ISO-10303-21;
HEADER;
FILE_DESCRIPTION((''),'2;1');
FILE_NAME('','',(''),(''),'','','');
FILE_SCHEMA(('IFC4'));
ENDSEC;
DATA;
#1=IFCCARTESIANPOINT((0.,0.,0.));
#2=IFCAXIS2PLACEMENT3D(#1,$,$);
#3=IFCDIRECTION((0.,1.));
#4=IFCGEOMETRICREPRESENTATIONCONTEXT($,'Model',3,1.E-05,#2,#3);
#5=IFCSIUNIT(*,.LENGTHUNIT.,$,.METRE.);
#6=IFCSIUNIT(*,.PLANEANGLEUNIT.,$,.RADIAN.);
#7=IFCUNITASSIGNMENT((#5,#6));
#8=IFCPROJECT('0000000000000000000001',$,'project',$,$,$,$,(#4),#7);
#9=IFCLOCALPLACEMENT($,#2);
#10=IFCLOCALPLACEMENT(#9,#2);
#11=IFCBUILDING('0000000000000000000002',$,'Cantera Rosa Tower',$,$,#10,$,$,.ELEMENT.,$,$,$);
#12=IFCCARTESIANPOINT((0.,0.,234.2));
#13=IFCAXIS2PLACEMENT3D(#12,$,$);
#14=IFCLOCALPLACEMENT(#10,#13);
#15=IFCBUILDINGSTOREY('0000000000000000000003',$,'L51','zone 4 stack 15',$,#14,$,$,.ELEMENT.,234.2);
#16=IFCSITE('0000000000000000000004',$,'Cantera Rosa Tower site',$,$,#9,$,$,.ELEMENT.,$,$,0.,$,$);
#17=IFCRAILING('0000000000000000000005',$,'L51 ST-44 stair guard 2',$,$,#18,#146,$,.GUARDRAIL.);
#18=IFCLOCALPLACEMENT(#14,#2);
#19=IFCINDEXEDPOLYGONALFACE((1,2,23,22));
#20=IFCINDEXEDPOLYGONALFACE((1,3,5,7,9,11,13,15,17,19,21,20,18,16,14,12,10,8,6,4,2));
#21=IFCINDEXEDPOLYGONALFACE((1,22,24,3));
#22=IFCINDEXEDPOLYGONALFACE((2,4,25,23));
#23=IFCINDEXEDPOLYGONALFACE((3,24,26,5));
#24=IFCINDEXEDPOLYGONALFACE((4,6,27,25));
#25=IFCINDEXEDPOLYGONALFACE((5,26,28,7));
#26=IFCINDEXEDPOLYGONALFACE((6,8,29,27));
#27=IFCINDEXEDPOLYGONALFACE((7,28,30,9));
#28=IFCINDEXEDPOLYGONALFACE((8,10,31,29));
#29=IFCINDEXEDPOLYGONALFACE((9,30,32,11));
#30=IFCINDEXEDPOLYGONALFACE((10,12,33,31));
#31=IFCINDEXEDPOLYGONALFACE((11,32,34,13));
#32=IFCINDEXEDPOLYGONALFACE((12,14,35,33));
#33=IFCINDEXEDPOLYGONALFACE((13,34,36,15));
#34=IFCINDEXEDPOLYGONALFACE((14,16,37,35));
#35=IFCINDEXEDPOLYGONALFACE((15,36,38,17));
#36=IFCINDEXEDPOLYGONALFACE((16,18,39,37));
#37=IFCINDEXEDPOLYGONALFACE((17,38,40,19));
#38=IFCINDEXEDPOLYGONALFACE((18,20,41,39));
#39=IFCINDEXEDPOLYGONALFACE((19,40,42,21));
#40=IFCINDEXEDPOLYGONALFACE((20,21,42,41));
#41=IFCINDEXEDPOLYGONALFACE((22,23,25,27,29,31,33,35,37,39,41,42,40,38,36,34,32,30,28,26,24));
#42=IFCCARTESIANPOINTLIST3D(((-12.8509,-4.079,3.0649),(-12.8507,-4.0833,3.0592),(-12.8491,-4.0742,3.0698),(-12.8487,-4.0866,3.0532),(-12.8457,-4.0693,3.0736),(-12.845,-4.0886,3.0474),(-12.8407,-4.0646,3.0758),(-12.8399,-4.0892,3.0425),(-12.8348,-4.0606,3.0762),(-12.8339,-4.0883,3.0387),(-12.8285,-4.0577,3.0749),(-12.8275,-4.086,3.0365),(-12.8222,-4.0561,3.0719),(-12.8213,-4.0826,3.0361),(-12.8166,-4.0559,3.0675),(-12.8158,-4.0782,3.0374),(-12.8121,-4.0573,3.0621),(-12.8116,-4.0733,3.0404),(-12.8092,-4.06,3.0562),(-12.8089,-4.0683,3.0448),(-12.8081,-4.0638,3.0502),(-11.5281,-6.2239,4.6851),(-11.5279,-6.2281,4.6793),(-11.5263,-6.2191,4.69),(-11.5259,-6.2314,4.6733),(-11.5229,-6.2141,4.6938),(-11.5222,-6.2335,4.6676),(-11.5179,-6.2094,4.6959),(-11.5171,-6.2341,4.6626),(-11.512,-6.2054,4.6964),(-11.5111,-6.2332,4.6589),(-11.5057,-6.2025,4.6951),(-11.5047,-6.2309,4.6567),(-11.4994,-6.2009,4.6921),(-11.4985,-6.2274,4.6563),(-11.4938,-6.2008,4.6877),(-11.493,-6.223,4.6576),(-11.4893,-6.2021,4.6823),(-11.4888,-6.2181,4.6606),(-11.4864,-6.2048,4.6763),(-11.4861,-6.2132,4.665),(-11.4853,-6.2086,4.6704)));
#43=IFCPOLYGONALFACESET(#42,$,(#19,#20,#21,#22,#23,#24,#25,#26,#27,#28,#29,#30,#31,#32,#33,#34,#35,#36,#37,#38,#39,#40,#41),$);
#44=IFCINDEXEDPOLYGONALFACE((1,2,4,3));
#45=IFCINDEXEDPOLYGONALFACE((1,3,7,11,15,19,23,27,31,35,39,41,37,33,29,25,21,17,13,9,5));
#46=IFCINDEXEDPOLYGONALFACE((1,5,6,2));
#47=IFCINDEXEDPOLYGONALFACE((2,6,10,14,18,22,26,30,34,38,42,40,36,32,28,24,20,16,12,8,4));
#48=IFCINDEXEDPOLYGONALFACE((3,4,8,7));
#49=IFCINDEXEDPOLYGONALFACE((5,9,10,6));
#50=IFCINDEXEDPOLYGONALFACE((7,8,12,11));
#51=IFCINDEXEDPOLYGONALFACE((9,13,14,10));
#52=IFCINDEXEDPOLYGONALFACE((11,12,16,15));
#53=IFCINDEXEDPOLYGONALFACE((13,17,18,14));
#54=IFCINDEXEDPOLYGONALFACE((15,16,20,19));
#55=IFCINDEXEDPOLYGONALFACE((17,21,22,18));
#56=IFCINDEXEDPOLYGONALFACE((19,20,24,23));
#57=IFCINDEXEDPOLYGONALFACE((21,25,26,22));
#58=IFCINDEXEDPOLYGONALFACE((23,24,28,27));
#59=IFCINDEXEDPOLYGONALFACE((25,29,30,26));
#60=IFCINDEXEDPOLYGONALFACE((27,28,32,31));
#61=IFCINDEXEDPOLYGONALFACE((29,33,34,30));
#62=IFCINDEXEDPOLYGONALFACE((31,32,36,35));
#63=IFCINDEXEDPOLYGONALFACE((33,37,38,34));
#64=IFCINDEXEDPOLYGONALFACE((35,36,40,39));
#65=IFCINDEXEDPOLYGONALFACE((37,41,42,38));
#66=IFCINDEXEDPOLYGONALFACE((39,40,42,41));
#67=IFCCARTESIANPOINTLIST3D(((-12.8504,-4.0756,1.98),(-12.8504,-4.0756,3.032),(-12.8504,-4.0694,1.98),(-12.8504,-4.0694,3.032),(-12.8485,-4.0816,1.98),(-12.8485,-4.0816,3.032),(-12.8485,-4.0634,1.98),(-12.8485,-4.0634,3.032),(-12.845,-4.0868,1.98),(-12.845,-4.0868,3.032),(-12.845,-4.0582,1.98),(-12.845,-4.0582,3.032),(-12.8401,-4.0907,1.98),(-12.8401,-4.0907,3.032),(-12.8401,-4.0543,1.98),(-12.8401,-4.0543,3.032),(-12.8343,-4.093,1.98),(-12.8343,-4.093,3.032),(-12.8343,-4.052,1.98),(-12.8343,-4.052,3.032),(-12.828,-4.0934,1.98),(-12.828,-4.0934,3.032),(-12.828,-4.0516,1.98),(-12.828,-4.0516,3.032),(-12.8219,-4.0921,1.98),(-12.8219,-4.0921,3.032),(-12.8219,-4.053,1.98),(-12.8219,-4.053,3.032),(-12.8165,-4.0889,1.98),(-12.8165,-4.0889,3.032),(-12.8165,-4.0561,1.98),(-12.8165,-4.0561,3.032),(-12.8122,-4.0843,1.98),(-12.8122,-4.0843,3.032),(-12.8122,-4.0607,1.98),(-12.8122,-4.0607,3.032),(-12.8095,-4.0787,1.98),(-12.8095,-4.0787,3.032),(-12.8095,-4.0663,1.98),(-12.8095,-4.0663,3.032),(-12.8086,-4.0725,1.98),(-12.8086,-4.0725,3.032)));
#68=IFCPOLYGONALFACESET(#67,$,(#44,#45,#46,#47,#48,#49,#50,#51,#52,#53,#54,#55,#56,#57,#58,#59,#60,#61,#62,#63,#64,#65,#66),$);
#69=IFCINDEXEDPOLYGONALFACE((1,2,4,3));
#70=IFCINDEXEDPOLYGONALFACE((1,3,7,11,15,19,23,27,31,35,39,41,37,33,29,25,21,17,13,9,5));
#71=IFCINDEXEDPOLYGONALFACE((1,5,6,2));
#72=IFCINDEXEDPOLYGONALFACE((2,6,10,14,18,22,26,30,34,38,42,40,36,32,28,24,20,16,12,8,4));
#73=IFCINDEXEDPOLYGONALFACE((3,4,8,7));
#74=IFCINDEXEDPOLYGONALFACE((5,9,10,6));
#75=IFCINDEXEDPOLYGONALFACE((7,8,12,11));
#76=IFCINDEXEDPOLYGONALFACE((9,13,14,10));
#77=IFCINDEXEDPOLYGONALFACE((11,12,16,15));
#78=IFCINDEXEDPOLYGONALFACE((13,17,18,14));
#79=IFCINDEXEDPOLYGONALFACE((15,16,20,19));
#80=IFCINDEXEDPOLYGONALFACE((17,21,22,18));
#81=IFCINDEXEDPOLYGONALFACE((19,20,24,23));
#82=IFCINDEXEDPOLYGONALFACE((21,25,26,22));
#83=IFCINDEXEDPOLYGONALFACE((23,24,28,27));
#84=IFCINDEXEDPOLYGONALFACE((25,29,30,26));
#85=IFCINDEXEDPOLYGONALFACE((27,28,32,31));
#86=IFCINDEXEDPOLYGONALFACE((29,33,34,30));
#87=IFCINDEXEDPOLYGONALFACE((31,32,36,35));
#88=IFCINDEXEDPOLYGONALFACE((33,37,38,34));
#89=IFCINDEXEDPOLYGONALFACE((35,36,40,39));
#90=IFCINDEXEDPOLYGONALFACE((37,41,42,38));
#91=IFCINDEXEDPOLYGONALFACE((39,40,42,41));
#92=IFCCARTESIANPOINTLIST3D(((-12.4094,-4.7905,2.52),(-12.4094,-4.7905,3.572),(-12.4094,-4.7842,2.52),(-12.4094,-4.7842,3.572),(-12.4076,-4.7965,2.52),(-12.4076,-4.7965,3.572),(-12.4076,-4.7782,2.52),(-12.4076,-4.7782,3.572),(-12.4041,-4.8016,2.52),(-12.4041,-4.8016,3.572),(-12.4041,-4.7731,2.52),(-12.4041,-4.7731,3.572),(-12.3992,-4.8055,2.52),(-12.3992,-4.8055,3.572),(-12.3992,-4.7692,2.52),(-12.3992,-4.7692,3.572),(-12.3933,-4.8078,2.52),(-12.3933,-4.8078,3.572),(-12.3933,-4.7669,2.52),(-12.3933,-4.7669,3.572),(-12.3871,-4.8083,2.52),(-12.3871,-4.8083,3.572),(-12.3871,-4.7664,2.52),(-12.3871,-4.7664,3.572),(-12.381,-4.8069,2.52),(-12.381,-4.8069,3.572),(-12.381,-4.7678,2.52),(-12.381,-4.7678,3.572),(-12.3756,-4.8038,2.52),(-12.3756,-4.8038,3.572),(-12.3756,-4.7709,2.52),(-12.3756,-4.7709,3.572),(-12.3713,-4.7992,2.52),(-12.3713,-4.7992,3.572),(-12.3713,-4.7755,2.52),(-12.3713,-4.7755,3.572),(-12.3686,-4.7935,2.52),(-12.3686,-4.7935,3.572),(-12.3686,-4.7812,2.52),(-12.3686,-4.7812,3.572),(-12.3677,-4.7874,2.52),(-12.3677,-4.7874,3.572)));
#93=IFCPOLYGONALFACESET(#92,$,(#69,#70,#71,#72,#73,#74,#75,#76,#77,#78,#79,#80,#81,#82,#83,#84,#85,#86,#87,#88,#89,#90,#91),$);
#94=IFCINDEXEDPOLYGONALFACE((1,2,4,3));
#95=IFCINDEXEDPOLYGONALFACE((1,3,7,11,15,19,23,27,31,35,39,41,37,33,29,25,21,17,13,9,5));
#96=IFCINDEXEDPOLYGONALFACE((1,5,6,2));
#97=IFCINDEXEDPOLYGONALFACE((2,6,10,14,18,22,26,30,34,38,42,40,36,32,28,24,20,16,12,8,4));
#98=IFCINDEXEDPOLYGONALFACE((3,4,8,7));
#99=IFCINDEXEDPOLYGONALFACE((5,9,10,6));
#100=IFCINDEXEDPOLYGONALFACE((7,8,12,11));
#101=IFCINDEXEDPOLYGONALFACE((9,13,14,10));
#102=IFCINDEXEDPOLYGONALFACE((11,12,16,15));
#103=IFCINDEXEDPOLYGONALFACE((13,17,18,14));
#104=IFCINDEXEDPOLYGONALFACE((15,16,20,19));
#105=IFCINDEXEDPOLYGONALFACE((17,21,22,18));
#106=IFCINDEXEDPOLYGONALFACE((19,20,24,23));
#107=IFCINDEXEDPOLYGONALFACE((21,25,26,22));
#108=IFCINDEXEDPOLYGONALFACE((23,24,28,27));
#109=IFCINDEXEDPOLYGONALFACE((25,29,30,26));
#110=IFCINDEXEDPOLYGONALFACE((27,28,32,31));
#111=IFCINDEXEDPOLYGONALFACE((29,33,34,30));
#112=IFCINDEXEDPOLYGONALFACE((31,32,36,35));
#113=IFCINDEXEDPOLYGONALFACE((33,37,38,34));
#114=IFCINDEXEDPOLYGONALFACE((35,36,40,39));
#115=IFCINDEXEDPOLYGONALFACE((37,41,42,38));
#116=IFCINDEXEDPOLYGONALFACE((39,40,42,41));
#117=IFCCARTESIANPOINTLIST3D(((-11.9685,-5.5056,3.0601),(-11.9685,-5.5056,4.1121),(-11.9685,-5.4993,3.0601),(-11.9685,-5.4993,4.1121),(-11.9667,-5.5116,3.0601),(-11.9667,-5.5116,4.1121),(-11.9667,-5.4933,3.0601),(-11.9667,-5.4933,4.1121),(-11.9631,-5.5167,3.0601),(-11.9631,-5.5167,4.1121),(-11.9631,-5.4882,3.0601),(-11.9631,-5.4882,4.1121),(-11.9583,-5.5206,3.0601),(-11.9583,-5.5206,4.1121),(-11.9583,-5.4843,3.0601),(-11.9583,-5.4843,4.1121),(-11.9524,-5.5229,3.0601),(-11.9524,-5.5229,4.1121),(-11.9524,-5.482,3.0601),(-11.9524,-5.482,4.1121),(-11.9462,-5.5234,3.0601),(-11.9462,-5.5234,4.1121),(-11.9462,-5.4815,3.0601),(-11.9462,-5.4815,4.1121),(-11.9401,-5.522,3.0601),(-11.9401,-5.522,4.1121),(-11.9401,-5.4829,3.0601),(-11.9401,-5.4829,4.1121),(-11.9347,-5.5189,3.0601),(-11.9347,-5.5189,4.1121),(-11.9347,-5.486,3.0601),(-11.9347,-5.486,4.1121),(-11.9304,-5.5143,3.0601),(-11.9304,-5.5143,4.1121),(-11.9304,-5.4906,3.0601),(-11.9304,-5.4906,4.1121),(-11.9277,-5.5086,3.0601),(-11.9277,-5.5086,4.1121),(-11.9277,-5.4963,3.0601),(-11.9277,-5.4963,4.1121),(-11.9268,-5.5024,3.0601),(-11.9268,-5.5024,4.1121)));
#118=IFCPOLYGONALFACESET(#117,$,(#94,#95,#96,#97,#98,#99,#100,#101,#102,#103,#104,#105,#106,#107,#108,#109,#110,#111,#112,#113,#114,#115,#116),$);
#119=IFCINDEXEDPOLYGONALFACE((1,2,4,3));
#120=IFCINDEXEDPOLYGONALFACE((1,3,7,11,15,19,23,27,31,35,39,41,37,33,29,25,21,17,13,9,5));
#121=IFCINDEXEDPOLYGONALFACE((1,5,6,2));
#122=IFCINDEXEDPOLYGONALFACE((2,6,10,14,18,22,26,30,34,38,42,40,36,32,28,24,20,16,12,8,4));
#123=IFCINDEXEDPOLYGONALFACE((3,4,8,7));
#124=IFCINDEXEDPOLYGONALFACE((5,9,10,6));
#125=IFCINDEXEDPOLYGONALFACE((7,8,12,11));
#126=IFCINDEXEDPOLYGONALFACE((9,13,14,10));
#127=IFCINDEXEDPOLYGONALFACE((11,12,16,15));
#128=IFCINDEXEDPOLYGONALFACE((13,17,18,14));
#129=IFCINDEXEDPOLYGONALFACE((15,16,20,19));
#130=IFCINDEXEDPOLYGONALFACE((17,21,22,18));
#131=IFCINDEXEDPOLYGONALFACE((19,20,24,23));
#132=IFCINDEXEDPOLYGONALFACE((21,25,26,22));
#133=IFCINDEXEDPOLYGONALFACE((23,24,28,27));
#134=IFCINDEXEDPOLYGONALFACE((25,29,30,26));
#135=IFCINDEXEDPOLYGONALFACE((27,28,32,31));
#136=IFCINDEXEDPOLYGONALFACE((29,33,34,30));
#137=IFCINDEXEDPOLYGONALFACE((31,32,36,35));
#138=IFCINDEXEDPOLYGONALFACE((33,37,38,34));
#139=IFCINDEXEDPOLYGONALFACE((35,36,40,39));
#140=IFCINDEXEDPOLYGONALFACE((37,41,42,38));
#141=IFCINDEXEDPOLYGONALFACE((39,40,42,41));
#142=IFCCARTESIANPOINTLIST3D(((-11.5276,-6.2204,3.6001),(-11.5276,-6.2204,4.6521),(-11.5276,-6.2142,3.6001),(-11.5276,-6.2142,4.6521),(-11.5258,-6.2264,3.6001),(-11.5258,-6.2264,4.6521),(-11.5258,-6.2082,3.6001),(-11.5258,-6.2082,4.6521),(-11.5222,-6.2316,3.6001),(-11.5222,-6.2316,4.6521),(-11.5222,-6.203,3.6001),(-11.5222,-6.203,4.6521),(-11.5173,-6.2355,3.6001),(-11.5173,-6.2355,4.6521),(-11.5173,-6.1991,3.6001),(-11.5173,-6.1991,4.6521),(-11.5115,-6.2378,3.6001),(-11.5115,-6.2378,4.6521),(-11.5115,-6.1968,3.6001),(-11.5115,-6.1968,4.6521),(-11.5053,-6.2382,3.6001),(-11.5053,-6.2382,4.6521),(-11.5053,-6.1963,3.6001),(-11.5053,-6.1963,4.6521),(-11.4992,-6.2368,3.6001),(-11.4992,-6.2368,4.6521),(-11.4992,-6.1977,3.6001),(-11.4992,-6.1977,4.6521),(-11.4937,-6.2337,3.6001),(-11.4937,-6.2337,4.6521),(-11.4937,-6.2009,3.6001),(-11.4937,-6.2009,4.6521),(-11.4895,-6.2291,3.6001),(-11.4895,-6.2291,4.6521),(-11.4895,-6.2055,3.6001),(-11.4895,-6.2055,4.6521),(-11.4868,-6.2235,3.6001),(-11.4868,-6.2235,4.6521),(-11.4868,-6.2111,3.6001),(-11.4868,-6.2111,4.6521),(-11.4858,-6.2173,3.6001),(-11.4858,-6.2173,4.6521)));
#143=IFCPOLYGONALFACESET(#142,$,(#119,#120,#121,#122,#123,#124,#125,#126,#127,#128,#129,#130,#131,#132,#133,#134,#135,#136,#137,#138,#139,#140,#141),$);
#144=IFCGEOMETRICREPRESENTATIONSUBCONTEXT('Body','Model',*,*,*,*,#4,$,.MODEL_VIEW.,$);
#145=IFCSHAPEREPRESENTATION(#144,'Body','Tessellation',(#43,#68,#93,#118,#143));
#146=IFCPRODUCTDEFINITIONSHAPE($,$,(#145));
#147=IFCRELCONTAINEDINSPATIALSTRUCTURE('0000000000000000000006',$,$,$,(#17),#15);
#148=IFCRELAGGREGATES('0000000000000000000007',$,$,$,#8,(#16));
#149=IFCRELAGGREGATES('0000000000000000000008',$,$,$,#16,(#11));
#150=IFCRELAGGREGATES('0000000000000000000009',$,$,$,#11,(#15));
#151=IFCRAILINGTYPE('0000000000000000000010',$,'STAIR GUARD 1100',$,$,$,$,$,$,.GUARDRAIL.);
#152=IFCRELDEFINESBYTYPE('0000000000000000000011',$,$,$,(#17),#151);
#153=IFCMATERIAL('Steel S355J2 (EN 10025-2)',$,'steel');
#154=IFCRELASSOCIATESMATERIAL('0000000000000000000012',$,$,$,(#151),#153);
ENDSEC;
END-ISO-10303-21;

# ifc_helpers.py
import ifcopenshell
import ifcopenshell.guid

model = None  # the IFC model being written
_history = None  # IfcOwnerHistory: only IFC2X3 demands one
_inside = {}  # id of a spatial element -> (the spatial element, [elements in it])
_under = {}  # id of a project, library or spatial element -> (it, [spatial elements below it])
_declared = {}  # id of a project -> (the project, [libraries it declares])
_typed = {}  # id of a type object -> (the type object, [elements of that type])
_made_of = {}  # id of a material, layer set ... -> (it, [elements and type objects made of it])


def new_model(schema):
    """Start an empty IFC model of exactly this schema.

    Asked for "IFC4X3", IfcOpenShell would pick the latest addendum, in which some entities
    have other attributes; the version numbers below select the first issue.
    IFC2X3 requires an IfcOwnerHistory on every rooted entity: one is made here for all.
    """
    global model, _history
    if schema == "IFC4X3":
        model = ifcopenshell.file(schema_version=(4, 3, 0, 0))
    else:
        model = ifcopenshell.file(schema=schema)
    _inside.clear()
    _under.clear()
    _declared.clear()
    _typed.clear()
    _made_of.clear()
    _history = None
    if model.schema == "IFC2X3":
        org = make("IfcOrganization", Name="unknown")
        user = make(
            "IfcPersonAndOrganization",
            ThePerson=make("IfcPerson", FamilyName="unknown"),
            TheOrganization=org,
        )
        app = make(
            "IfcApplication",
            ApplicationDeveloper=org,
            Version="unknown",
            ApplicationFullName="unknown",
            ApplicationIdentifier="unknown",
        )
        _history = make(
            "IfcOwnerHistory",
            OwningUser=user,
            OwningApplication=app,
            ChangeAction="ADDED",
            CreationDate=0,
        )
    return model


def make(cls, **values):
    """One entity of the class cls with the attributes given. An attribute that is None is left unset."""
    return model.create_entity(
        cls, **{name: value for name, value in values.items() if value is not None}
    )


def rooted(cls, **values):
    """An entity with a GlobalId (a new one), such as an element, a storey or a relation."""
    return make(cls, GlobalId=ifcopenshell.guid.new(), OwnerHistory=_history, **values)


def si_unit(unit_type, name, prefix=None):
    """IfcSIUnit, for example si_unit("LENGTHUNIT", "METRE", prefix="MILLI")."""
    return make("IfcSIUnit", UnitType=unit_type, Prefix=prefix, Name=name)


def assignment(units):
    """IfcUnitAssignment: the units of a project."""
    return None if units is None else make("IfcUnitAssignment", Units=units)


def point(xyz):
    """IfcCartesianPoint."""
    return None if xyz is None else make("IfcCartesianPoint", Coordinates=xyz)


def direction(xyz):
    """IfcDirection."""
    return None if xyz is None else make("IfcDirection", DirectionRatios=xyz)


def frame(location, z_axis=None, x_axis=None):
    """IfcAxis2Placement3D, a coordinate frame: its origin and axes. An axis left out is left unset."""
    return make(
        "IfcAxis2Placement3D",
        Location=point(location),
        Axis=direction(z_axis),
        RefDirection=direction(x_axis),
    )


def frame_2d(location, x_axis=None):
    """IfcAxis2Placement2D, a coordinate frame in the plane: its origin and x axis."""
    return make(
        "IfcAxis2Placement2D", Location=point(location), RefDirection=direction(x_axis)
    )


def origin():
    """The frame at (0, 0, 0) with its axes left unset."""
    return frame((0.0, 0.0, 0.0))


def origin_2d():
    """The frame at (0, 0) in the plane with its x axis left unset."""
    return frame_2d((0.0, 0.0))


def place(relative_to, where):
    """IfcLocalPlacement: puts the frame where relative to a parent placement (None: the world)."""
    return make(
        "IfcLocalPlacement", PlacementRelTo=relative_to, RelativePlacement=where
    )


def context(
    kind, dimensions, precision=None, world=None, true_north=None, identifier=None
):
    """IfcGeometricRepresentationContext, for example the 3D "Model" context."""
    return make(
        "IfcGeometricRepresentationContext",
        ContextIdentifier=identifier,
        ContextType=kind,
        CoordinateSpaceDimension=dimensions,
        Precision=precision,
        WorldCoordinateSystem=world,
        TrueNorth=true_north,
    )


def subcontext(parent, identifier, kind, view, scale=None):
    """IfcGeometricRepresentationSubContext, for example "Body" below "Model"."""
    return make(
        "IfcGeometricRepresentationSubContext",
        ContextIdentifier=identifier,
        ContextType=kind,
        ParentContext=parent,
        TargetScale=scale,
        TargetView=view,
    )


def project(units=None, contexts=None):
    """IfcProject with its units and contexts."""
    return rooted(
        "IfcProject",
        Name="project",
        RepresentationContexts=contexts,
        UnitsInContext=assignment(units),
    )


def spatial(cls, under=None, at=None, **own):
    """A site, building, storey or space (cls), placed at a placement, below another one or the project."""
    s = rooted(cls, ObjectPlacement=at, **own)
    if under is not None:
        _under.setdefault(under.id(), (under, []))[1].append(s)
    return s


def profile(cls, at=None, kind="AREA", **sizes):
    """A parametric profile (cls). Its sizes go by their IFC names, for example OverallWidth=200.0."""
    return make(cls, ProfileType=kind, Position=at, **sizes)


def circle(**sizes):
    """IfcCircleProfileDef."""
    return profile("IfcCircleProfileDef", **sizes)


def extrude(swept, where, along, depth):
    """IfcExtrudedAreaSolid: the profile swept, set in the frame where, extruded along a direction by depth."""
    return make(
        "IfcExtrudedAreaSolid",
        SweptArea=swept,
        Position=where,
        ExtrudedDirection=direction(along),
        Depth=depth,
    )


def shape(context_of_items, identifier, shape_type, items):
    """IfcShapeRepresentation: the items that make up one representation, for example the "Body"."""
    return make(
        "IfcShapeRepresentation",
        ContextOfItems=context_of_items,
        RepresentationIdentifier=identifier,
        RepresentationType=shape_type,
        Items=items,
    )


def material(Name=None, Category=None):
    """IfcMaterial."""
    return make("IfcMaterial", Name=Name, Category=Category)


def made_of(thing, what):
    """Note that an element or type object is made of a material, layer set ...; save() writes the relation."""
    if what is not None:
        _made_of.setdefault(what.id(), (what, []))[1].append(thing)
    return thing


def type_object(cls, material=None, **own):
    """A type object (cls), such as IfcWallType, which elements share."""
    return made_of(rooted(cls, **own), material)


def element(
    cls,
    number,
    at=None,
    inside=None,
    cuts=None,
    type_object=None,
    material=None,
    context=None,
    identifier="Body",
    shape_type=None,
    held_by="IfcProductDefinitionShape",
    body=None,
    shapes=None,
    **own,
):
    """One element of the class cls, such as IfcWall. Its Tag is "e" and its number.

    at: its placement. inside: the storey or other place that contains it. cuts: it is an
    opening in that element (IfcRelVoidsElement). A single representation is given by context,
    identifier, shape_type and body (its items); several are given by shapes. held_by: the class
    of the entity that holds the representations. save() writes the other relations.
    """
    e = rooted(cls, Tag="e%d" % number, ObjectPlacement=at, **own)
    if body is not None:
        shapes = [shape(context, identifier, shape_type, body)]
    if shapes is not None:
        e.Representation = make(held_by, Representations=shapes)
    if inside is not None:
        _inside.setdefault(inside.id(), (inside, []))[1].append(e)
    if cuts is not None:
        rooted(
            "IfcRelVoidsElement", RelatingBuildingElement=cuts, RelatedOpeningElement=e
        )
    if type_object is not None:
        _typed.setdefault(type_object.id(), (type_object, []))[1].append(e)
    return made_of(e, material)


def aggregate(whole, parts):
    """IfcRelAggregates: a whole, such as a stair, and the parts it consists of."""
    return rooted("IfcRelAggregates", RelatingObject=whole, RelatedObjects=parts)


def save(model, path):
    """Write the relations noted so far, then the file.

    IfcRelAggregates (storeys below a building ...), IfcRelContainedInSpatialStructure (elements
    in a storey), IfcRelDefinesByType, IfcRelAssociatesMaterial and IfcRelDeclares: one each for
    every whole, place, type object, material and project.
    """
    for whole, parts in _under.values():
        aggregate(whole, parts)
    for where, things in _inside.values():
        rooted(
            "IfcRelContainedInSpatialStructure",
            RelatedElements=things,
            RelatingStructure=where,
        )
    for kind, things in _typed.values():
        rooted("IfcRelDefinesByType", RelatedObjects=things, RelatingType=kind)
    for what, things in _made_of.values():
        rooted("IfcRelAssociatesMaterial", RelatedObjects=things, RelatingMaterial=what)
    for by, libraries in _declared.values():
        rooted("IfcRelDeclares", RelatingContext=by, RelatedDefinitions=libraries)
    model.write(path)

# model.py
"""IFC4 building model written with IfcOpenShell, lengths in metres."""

from ifc_helpers import new_model, si_unit, direction, frame, origin, origin_2d, place, context, subcontext, project, spatial, circle, extrude, material, type_object, element, save


model = new_model("IFC4")

# Units and contexts
model_context = context("Model", 3, precision=1e-05, world=origin(), true_north=direction((0.0, 1.0)))
body_context = subcontext(model_context, "Body", "Model", "MODEL_VIEW")
ifc_project = project(units=[si_unit("LENGTHUNIT", "METRE"), si_unit("PLANEANGLEUNIT", "RADIAN")], contexts=[model_context])

# Site, building, storey
site_placement = place(None, origin())
site = spatial("IfcSite", under=ifc_project, at=site_placement, Name="Cantera Rosa Tower site", CompositionType="ELEMENT", RefElevation=0.0)
building_placement = place(site_placement, origin())
building = spatial("IfcBuilding", under=site, at=building_placement, Name="Cantera Rosa Tower", CompositionType="ELEMENT")
storey_placement = place(building_placement, frame((0.0, 0.0, 234.2)))
storey = spatial("IfcBuildingStorey", under=building, at=storey_placement, Name="L51", Description="zone 4 stack 15", CompositionType="ELEMENT", Elevation=234.2)

# Railing
ifc_material_1 = material(Name="Steel S355J2 (EN 10025-2)", Category="steel")
railing_type_1 = type_object("IfcRailingType", Name="STAIR GUARD 1100", PredefinedType="GUARDRAIL", material=ifc_material_1)
railing_1_placement = place(storey_placement, frame((-12.8296, -4.0725, 1.98)))
element("IfcRailing", 1, at=railing_1_placement, inside=storey, type_object=railing_type_1, Name="L51 ST-44 stair guard 2", PredefinedType="GUARDRAIL", context=body_context, shape_type="SweptSolid", body=[
    extrude(circle(Radius=0.0239, at=origin_2d()), frame((0.0, 0.0, 1.0762), z_axis=(0.441543, -0.715939, 0.540805), x_axis=(0.851146, 0.52493, 0.0)), (0.0, 0.0, 1.0), 2.9958),
    extrude(circle(Radius=0.021, at=origin_2d()), origin(), (0.0, 0.0, 1.0), 1.052),
    extrude(circle(Radius=0.021, at=origin_2d()), frame((0.4409, -0.7148, 0.54)), (0.0, 0.0, 1.0), 1.052),
    extrude(circle(Radius=0.021, at=origin_2d()), frame((0.8818, -1.4299, 1.0801)), (0.0, 0.0, 1.0), 1.052),
    extrude(circle(Radius=0.021, at=origin_2d()), frame((1.3228, -2.1448, 1.6201)), (0.0, 0.0, 1.0), 1.052),
])

save(model, "model.ifc")
